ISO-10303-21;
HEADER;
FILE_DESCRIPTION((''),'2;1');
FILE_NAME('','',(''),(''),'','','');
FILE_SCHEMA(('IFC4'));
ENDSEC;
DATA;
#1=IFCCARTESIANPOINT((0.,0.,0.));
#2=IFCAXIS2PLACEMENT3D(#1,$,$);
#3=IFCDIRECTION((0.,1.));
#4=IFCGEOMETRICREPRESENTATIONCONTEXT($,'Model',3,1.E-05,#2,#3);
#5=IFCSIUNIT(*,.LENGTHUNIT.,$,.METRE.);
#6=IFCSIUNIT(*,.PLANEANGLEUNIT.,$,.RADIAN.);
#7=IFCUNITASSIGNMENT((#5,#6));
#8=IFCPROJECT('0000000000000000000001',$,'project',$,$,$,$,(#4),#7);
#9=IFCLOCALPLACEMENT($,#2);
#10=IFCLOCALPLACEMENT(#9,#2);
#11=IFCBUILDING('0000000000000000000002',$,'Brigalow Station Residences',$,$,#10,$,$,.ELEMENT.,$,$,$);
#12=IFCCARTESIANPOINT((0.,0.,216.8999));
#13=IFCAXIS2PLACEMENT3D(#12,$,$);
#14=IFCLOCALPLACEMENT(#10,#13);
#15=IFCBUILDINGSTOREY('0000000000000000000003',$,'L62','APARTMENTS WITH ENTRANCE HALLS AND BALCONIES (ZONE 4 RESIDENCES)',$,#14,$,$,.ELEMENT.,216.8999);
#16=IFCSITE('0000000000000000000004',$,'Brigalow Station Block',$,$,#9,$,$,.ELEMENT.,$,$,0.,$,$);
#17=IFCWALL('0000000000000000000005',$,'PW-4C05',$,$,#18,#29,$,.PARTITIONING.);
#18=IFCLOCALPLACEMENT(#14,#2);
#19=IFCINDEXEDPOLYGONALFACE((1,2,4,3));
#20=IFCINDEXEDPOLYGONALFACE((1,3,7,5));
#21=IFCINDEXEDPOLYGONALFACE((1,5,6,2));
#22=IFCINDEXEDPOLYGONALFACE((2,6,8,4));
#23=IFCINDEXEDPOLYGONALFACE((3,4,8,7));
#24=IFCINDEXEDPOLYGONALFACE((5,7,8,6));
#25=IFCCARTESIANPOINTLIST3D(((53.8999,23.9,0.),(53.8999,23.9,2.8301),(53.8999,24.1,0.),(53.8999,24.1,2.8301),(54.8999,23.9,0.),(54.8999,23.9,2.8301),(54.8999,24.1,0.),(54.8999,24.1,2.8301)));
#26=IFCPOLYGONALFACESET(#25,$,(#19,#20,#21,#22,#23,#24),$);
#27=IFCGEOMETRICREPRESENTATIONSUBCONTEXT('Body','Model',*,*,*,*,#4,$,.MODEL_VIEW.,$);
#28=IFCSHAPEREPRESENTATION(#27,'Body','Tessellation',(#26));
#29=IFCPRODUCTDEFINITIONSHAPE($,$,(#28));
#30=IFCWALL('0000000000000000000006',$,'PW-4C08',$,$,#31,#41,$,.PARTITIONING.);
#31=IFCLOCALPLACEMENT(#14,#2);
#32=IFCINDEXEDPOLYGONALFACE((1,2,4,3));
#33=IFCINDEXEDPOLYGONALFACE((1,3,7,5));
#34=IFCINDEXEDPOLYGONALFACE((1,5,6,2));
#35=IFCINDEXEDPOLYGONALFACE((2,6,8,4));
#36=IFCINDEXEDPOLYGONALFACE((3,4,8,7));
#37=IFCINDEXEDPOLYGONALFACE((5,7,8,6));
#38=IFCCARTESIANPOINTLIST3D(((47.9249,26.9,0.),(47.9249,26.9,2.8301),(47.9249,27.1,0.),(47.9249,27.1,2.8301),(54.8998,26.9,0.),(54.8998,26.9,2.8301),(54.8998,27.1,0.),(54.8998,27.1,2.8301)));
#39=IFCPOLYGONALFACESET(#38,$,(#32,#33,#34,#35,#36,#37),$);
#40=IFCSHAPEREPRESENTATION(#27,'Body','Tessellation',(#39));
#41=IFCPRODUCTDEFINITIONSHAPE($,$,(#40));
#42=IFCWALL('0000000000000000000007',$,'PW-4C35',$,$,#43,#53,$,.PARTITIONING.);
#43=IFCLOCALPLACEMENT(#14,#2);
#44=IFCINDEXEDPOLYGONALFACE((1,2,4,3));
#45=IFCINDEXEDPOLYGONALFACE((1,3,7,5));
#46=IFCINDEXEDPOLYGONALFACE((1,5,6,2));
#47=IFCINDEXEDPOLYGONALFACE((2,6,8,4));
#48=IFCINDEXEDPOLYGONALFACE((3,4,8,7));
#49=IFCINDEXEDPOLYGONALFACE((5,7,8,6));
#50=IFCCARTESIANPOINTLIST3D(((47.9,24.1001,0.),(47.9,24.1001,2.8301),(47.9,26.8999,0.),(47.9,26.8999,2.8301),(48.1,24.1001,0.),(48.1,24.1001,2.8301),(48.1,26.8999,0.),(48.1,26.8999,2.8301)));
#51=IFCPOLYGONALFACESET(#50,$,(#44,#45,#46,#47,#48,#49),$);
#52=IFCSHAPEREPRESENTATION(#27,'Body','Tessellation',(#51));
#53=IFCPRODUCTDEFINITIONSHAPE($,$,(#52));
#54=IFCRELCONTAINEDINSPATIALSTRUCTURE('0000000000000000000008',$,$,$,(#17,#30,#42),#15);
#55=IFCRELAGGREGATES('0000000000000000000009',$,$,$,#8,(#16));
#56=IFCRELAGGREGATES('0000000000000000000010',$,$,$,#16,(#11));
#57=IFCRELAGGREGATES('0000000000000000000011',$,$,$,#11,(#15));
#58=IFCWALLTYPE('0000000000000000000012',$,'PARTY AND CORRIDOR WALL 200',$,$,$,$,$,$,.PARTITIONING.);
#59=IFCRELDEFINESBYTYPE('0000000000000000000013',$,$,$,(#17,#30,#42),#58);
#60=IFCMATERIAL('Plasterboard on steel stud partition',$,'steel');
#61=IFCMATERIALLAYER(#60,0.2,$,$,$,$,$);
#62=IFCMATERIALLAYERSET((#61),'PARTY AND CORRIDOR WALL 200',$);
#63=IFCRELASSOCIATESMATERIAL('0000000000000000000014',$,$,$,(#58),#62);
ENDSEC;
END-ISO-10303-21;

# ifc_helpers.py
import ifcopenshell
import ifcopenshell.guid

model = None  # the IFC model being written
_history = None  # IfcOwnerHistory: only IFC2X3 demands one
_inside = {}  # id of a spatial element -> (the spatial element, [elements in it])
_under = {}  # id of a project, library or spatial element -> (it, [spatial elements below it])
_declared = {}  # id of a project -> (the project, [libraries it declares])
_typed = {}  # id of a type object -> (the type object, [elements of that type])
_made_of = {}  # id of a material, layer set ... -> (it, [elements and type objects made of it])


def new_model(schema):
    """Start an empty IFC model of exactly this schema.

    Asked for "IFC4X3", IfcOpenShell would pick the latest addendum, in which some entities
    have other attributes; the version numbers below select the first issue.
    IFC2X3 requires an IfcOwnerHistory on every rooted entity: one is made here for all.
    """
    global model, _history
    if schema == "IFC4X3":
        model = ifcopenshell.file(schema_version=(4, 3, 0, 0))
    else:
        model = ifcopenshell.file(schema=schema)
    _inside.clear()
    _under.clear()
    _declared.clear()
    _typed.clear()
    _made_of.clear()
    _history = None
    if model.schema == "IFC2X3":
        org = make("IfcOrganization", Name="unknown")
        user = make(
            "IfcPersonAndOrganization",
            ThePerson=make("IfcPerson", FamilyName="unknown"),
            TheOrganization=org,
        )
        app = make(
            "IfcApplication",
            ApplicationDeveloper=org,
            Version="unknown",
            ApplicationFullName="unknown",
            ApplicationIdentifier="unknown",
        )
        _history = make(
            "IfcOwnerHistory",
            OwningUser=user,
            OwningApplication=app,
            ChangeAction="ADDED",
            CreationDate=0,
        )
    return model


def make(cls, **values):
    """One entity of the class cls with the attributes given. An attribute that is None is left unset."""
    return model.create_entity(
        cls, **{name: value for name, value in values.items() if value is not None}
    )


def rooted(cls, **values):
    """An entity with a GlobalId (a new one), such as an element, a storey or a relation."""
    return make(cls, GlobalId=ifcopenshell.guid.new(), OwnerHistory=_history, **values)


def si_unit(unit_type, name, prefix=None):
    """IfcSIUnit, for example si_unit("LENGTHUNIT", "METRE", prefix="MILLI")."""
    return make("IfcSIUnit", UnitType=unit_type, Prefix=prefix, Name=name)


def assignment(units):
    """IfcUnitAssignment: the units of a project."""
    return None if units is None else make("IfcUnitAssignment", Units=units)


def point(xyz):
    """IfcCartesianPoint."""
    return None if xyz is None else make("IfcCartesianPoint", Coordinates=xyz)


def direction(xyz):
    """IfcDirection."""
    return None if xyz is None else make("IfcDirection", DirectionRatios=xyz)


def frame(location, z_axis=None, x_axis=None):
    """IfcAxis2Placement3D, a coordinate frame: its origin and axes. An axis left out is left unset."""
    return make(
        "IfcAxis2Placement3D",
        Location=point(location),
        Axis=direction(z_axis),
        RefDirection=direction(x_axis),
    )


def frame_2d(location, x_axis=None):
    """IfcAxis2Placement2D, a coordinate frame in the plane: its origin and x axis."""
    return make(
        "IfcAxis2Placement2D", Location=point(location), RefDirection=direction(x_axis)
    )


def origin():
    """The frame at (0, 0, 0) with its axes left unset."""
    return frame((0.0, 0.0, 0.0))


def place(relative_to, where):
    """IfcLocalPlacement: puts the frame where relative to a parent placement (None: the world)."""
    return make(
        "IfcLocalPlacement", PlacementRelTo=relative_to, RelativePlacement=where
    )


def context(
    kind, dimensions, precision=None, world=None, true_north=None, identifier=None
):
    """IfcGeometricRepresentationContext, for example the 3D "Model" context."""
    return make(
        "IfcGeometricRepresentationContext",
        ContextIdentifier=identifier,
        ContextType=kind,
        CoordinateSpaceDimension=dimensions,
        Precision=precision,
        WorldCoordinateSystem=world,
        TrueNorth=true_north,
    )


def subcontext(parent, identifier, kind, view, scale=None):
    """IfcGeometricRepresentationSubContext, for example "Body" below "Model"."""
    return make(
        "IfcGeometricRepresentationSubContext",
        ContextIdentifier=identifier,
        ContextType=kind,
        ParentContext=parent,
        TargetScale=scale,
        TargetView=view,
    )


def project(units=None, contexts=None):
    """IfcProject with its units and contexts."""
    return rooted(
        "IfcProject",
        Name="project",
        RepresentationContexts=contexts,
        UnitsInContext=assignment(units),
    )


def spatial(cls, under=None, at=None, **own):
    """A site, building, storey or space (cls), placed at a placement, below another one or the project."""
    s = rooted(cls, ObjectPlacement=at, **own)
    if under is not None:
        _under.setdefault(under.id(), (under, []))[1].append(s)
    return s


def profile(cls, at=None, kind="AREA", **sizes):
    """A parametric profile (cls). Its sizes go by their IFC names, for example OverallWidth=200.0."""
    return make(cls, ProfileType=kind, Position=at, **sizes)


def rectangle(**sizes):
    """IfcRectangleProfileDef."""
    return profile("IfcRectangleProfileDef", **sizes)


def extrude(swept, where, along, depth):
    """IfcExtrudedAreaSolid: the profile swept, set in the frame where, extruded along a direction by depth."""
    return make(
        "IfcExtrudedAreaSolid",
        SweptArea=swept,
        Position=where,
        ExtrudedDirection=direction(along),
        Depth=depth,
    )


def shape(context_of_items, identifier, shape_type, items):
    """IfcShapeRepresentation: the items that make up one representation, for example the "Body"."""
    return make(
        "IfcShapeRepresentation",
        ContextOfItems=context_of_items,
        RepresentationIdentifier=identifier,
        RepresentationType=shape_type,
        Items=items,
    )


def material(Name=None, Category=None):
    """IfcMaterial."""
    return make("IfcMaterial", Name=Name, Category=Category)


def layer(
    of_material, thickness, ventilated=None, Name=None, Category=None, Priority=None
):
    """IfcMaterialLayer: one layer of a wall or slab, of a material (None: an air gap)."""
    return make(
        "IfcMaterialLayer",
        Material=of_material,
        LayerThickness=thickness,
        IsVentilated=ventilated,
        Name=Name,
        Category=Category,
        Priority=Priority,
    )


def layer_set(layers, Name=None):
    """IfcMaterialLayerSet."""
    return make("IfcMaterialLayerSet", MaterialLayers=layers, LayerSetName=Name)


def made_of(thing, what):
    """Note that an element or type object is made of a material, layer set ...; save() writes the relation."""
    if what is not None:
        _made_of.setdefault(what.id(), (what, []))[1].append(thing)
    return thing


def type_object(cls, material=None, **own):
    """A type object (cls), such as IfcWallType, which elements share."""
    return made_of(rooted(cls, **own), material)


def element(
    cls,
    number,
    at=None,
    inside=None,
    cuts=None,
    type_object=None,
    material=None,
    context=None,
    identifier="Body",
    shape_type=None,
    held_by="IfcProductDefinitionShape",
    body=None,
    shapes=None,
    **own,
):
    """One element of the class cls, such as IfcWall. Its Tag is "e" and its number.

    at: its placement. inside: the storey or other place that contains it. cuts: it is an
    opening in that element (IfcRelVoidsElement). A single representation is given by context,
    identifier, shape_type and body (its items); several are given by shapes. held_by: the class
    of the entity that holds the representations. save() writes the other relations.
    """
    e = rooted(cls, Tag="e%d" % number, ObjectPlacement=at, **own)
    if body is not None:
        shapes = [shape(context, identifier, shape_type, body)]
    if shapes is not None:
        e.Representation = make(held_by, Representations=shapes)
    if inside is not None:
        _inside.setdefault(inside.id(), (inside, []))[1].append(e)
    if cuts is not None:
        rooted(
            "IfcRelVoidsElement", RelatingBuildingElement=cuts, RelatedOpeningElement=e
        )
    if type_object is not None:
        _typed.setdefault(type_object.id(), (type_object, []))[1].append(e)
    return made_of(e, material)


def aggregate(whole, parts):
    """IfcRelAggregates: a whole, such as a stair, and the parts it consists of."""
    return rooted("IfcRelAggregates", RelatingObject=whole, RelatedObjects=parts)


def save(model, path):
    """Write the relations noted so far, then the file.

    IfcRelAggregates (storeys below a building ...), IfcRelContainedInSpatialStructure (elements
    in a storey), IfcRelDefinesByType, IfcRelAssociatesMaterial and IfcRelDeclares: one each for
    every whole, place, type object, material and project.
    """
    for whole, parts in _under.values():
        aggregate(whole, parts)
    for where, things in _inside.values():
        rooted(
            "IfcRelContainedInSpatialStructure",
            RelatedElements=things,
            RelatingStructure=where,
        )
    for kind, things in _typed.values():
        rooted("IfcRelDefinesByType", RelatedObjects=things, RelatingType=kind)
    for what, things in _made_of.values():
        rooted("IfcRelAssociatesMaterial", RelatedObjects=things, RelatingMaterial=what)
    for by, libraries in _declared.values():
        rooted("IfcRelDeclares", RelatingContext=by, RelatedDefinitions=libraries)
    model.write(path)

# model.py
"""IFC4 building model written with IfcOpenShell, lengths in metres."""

from ifc_helpers import new_model, si_unit, direction, frame, frame_2d, origin, place, context, subcontext, project, spatial, rectangle, extrude, material, layer, layer_set, type_object, element, save


model = new_model("IFC4")

# Units and contexts
model_context = context("Model", 3, precision=1e-05, world=origin(), true_north=direction((0.0, 1.0)))
body_context = subcontext(model_context, "Body", "Model", "MODEL_VIEW")
ifc_project = project(units=[si_unit("LENGTHUNIT", "METRE"), si_unit("PLANEANGLEUNIT", "RADIAN")], contexts=[model_context])

# Site, building, storey
site_placement = place(None, origin())
site = spatial("IfcSite", under=ifc_project, at=site_placement, Name="Brigalow Station Block", CompositionType="ELEMENT", RefElevation=0.0)
building_placement = place(site_placement, origin())
building = spatial("IfcBuilding", under=site, at=building_placement, Name="Brigalow Station Residences", CompositionType="ELEMENT")
storey_placement = place(building_placement, frame((0.0, 0.0, 216.8999)))
storey = spatial("IfcBuildingStorey", under=building, at=storey_placement, Name="L62", Description="APARTMENTS WITH ENTRANCE HALLS AND BALCONIES (ZONE 4 RESIDENCES)", CompositionType="ELEMENT", Elevation=216.8999)

# Walls
ifc_material_1 = material(Name="Plasterboard on steel stud partition", Category="steel")
ifc_layer_1 = layer(ifc_material_1, 0.2)
ifc_layer_set_1 = layer_set([ifc_layer_1], Name="PARTY AND CORRIDOR WALL 200")
wall_type_1 = type_object("IfcWallType", Name="PARTY AND CORRIDOR WALL 200", PredefinedType="PARTITIONING", material=ifc_layer_set_1)
wall_1_placement = place(storey_placement, frame((53.8999, 24.0, 0.0), z_axis=(0.0, 0.0, 1.0), x_axis=(1.0, 0.0, 0.0)))
element("IfcWall", 1, at=wall_1_placement, inside=storey, type_object=wall_type_1, Name="PW-4C05", PredefinedType="PARTITIONING", context=body_context, shape_type="SweptSolid", body=[
    extrude(rectangle(XDim=1.0, YDim=0.2, at=frame_2d((0.5, 0.0))), origin(), (0.0, 0.0, 1.0), 2.8301),
])
wall_2_placement = place(storey_placement, frame((47.925, 27.0, 0.0), z_axis=(0.0, 0.0, 1.0), x_axis=(1.0, 0.0, 0.0)))
element("IfcWall", 2, at=wall_2_placement, inside=storey, type_object=wall_type_1, Name="PW-4C08", PredefinedType="PARTITIONING", context=body_context, shape_type="SweptSolid", body=[
    extrude(rectangle(XDim=6.9749, YDim=0.2, at=frame_2d((3.4873, 0.0))), origin(), (0.0, 0.0, 1.0), 2.8301),
])
wall_3_placement = place(storey_placement, frame((48.0, 24.1001, 0.0), z_axis=(0.0, 0.0, 1.0), x_axis=(0.0, 1.0, 0.0)))
element("IfcWall", 3, at=wall_3_placement, inside=storey, type_object=wall_type_1, Name="PW-4C35", PredefinedType="PARTITIONING", context=body_context, shape_type="SweptSolid", body=[
    extrude(rectangle(XDim=2.7998, YDim=0.2, at=frame_2d((1.3999, 0.0))), origin(), (0.0, 0.0, 1.0), 2.8301),
])

save(model, "model.ifc")
